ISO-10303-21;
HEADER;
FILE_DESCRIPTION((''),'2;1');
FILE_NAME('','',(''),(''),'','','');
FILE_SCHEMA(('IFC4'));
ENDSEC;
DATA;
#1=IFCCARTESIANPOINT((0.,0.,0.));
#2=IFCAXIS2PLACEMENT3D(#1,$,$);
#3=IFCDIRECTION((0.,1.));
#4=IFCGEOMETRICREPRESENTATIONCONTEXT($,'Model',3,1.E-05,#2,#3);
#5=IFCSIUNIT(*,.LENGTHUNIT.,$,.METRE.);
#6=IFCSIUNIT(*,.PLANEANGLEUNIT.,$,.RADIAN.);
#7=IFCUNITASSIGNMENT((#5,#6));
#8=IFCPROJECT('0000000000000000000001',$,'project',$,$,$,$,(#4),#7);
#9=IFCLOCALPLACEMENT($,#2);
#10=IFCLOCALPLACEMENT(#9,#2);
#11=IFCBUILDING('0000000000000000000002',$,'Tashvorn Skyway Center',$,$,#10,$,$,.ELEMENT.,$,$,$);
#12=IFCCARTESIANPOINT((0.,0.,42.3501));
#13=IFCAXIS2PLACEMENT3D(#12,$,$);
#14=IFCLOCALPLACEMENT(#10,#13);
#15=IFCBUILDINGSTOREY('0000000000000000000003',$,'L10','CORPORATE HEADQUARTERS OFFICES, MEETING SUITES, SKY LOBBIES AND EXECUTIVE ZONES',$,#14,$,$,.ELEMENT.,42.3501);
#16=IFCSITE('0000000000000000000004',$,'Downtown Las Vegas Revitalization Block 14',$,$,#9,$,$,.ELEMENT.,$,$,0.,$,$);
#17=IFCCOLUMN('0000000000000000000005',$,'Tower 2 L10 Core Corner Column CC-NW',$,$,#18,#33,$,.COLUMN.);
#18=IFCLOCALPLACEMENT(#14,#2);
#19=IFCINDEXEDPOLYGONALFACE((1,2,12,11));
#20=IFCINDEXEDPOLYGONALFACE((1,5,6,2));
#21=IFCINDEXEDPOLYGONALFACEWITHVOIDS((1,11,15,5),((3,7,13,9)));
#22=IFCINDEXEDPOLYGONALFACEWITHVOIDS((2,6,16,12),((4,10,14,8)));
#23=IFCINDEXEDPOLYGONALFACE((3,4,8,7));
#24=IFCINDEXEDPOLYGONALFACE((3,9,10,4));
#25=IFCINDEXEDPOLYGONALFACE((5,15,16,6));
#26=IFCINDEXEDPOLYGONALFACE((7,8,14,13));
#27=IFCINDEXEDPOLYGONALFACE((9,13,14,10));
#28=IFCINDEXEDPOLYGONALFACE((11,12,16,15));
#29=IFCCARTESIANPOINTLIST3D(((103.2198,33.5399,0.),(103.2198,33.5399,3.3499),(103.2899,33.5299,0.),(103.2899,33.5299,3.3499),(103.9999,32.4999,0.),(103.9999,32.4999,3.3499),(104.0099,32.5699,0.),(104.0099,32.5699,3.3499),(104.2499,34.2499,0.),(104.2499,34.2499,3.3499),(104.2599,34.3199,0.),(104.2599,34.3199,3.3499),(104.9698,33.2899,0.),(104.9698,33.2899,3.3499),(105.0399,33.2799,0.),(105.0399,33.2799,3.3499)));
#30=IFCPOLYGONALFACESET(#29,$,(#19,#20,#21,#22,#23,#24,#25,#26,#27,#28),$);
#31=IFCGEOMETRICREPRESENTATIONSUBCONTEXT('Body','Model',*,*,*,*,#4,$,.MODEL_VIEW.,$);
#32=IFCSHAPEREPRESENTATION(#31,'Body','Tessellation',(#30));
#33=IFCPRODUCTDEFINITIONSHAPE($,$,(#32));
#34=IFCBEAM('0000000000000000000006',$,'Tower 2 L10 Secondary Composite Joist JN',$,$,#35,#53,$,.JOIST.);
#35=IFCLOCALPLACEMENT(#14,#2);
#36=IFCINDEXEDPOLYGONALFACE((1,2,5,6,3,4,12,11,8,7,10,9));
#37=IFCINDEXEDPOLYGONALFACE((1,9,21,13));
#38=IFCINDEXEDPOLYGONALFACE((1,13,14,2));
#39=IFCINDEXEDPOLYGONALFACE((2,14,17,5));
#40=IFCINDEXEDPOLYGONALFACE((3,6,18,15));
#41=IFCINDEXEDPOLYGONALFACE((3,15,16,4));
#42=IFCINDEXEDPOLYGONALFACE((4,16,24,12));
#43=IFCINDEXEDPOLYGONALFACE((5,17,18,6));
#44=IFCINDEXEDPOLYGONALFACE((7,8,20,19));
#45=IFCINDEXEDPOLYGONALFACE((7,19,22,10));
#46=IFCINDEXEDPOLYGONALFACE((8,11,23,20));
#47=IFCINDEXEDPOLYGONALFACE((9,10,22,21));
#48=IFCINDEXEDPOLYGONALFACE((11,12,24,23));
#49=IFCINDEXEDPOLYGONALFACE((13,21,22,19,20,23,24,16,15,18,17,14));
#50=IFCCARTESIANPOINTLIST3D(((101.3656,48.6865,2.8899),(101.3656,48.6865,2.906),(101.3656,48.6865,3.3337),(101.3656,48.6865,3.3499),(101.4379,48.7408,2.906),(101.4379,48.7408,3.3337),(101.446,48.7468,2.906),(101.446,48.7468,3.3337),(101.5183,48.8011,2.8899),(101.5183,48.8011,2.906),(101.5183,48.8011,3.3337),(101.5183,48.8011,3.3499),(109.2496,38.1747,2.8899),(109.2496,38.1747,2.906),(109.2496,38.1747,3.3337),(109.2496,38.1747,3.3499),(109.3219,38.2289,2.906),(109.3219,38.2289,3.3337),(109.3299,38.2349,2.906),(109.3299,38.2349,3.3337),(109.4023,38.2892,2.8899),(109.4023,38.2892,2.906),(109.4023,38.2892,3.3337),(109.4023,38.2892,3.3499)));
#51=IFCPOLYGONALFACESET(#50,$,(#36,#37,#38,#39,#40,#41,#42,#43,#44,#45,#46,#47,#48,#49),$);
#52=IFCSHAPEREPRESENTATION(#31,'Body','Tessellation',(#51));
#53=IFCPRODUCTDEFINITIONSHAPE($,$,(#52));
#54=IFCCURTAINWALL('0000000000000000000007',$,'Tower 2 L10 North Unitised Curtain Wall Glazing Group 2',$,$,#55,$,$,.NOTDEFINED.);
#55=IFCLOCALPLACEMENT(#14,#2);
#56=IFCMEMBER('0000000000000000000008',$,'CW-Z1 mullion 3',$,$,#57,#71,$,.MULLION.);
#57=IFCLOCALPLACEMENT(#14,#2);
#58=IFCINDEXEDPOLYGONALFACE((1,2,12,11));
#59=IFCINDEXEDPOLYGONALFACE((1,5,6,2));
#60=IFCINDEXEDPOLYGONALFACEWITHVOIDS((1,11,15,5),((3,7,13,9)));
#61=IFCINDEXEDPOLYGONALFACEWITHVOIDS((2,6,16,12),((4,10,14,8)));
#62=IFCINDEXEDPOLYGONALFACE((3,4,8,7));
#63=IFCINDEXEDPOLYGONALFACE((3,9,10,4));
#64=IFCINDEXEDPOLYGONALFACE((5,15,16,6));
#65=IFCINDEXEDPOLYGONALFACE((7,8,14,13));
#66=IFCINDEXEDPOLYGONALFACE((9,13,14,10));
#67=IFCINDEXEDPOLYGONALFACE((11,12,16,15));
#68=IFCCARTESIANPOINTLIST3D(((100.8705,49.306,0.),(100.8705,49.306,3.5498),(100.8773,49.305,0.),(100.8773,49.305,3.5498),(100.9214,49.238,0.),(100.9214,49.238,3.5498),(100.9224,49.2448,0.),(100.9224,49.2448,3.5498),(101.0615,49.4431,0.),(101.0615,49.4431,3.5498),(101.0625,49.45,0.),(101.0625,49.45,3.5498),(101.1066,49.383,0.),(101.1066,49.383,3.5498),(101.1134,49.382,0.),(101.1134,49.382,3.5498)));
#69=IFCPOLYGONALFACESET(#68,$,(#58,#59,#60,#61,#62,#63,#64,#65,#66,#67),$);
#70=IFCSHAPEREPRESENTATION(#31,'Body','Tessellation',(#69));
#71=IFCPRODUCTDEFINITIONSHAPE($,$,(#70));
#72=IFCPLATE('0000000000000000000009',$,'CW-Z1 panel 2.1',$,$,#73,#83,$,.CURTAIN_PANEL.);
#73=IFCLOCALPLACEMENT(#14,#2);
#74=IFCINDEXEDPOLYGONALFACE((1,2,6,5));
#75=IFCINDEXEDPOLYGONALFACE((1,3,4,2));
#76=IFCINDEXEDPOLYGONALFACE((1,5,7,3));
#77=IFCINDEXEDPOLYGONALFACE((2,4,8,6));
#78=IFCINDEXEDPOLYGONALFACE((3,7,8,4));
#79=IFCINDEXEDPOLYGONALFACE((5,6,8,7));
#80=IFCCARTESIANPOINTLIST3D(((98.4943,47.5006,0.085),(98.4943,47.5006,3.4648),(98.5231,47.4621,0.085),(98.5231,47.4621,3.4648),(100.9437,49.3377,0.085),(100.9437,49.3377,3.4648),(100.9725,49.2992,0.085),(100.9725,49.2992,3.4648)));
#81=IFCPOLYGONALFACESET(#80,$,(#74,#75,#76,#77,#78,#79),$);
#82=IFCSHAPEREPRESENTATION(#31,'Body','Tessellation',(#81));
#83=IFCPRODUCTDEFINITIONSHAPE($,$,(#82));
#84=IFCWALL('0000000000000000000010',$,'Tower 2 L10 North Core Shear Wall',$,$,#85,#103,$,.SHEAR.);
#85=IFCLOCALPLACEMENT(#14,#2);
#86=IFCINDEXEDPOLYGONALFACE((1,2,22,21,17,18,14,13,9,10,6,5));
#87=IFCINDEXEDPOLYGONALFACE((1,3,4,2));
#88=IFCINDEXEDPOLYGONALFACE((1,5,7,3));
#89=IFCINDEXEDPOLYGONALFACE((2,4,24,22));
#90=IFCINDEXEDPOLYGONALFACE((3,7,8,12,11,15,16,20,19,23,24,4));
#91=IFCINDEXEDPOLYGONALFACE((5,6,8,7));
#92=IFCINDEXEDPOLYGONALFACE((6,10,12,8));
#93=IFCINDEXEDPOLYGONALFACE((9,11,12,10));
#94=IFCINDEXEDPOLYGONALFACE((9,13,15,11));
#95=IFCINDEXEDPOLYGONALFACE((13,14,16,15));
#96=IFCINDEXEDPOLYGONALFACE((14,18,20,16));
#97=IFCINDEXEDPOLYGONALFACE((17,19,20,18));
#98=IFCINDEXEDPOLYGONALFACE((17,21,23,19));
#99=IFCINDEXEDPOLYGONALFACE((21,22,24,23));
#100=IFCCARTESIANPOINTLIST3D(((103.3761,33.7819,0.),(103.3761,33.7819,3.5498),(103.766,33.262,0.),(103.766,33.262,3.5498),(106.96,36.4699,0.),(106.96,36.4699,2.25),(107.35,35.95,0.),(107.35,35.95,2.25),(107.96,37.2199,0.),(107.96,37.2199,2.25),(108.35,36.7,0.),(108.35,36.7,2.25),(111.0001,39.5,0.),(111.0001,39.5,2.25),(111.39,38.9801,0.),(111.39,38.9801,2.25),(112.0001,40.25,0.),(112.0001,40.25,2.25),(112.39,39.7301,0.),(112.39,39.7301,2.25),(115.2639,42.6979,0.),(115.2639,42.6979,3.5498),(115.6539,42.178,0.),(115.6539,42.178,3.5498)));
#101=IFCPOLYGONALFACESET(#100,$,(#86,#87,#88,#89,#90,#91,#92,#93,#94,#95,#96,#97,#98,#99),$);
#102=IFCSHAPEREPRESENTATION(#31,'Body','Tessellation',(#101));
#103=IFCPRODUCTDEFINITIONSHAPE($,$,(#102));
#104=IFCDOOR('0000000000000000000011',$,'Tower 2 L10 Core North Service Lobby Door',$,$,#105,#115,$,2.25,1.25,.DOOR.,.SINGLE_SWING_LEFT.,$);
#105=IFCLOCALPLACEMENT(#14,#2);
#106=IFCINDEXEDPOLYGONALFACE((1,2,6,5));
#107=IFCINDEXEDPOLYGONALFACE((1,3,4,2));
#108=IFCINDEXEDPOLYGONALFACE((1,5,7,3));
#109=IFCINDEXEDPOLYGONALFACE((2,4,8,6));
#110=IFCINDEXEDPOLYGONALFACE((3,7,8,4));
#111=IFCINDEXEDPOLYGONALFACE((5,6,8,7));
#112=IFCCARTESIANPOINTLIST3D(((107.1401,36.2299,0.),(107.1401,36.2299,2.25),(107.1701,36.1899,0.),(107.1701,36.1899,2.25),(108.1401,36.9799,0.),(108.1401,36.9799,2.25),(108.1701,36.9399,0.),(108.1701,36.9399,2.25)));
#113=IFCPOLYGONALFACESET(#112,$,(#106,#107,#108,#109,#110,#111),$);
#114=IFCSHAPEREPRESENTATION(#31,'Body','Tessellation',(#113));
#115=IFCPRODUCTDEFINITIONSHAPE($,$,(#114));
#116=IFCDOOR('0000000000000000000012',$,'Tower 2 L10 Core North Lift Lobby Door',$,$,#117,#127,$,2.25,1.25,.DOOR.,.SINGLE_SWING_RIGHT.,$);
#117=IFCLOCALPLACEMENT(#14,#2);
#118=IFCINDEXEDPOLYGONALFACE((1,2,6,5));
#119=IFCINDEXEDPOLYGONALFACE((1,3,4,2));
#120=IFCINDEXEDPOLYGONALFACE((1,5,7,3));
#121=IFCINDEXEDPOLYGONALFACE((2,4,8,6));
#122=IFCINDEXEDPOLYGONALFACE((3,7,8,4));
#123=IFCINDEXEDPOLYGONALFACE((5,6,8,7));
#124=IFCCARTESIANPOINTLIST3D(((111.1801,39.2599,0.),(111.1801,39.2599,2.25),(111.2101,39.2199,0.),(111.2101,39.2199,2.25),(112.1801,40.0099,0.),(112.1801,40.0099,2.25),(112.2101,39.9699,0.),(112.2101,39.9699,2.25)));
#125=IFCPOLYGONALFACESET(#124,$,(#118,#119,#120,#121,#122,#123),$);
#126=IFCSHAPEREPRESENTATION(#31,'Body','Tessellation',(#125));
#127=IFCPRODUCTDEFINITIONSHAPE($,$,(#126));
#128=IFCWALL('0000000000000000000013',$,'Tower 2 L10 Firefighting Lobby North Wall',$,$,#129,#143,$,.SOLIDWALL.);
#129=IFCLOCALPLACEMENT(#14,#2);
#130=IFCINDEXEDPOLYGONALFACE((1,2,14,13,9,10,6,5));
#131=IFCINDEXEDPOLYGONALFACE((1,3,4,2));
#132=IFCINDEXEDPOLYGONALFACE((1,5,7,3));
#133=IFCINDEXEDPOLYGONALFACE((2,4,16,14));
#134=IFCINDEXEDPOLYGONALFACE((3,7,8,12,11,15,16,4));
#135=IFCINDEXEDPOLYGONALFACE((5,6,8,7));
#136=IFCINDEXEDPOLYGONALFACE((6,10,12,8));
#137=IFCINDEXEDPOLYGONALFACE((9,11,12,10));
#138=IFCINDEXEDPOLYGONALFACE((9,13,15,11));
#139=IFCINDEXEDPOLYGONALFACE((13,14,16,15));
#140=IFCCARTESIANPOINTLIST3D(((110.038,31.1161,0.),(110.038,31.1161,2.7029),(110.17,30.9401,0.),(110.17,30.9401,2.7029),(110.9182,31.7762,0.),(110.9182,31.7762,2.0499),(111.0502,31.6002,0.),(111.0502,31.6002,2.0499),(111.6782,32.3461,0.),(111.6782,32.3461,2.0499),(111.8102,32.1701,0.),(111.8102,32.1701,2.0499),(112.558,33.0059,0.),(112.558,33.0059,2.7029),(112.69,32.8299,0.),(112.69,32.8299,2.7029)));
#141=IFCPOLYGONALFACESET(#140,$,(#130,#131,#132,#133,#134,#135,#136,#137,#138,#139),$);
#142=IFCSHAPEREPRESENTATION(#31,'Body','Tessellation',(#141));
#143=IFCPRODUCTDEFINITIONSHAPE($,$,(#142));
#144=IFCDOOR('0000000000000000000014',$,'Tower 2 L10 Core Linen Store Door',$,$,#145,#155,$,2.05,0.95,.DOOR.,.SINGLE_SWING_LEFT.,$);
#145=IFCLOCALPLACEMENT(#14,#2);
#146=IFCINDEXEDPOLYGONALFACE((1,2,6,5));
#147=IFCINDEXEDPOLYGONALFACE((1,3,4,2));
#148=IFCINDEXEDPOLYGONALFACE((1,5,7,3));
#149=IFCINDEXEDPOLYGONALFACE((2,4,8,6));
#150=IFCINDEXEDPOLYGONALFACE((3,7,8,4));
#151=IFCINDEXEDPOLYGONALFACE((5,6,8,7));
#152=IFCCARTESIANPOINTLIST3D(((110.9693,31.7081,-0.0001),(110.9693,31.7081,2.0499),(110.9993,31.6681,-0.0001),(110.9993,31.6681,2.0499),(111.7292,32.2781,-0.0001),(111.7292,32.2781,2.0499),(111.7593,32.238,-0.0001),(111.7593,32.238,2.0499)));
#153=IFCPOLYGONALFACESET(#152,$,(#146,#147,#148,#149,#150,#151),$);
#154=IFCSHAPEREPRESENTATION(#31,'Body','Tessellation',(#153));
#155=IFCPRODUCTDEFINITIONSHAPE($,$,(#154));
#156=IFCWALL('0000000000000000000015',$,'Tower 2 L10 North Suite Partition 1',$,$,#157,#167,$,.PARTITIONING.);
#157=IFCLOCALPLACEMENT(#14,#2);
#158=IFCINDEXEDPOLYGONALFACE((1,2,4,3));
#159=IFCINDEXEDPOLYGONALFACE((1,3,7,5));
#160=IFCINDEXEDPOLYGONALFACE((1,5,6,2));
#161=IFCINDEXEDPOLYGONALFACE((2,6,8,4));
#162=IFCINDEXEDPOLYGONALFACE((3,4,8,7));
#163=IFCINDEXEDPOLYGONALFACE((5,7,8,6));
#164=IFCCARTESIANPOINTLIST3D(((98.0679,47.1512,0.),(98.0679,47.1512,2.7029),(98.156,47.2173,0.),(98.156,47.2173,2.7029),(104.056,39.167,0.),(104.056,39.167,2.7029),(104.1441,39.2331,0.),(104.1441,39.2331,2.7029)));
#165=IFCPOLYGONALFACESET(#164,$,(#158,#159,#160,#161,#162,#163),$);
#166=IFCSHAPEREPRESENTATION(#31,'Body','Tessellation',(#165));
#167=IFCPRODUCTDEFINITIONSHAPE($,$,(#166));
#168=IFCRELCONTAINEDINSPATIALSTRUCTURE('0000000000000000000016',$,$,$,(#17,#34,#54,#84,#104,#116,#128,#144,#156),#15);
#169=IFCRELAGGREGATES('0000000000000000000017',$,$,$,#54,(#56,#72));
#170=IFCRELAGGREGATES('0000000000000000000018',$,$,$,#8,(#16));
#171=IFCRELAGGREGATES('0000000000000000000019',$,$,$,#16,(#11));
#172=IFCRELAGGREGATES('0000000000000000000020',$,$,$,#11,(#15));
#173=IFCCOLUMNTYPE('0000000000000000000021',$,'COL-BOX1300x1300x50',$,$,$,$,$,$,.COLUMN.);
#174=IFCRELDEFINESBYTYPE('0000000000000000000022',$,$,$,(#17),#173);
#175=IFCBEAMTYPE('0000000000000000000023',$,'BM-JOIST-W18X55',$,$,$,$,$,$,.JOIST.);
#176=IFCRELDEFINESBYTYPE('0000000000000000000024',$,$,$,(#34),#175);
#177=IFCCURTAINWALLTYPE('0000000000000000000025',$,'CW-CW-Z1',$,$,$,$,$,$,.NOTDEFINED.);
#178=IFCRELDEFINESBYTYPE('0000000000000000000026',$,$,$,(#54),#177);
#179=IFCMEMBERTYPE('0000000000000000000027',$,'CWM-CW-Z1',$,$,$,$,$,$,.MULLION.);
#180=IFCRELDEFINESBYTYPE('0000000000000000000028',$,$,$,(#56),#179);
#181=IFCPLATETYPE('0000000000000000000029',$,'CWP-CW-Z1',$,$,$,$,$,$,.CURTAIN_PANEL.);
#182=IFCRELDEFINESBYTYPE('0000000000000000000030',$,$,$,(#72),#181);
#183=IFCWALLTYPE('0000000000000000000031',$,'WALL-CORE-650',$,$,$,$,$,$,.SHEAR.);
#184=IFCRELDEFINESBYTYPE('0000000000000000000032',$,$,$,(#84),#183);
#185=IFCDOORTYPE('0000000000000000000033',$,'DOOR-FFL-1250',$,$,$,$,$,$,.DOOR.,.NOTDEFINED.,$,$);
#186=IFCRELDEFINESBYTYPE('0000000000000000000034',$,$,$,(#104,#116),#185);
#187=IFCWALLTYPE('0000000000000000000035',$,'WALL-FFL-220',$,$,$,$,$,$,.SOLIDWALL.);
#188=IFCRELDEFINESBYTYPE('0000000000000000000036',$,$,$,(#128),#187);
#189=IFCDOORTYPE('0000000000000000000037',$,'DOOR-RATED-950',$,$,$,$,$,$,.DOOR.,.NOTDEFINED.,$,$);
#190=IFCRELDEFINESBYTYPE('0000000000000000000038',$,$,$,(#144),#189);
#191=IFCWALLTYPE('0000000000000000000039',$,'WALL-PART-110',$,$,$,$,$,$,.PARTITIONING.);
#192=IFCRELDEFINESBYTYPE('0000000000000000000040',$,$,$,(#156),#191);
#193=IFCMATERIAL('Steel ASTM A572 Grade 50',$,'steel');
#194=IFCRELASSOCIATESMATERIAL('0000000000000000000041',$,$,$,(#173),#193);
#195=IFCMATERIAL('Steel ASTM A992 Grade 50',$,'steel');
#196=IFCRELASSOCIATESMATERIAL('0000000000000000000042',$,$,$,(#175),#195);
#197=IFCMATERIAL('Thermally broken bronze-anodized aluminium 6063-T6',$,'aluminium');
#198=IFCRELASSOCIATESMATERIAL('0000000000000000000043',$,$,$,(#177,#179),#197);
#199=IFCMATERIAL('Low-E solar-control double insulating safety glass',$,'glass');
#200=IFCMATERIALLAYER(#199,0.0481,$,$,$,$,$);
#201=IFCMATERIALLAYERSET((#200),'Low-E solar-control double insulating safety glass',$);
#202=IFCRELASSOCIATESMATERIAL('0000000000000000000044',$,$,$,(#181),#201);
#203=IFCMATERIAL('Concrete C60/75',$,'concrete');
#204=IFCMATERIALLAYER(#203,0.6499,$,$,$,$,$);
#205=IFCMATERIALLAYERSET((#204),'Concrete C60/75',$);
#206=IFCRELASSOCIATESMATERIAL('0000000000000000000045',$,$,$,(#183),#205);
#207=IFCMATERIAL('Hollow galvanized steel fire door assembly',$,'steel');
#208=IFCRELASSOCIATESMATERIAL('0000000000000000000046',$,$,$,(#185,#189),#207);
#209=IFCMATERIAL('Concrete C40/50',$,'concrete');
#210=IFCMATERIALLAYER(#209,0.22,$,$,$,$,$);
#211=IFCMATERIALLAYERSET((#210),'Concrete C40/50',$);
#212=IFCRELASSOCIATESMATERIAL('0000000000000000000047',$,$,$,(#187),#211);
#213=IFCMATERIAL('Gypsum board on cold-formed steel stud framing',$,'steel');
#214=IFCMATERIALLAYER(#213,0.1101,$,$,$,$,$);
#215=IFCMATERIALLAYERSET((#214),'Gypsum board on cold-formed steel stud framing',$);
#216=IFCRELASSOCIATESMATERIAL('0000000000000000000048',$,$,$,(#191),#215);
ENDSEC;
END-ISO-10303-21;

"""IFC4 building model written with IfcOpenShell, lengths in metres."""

from ifc_helpers import new_model, si_unit, direction, frame, frame_2d, origin, origin_2d, place, context, subcontext, project, spatial, rectangle, hollow_rectangle, i_section, extrude, material, layer, layer_set, material_profile, profile_set, type_object, element, fill, aggregate, save


model = new_model("IFC4")

# Units and contexts
model_context = context("Model", 3, precision=1e-05, world=origin(), true_north=direction((0.0, 1.0)))
body_context = subcontext(model_context, "Body", "Model", "MODEL_VIEW")
ifc_project = project(units=[si_unit("LENGTHUNIT", "METRE"), si_unit("PLANEANGLEUNIT", "RADIAN")], contexts=[model_context])

# Site, building, storey
site_placement = place(None, origin())
site = spatial("IfcSite", under=ifc_project, at=site_placement, Name="Downtown Las Vegas Revitalization Block 14", CompositionType="ELEMENT", RefElevation=0.0)
building_placement = place(site_placement, origin())
building = spatial("IfcBuilding", under=site, at=building_placement, Name="Tashvorn Skyway Center", CompositionType="ELEMENT")
storey_placement = place(building_placement, frame((0.0, 0.0, 42.3501)))
storey = spatial("IfcBuildingStorey", under=building, at=storey_placement, Name="L10", Description="CORPORATE HEADQUARTERS OFFICES, MEETING SUITES, SKY LOBBIES AND EXECUTIVE ZONES", CompositionType="ELEMENT", Elevation=42.3501)

# Column
ifc_material_1 = material(Name="Steel ASTM A572 Grade 50", Category="steel")
ifc_material_profile_1 = material_profile(ifc_material_1, hollow_rectangle(XDim=1.3, YDim=1.3, WallThickness=0.05, at=origin_2d()), Name="BOX1300x1300x50")
ifc_profile_set_1 = profile_set([ifc_material_profile_1], Name="Steel ASTM A572 Grade 50")
column_type = type_object("IfcColumnType", Name="COL-BOX1300x1300x50", PredefinedType="COLUMN", material=ifc_profile_set_1)
column_placement = place(storey_placement, frame((104.1299, 33.4099, 0.0), z_axis=(0.0, 0.0, 1.0), x_axis=(0.8, 0.6, 0.0)))
element("IfcColumn", 1, at=column_placement, inside=storey, type_object=column_type, Name="Tower 2 L10 Core Corner Column CC-NW", PredefinedType="COLUMN", context=body_context, shape_type="SweptSolid", body=[
    extrude(hollow_rectangle(XDim=1.3, YDim=1.3, WallThickness=0.05, at=origin_2d()), origin(), (0.0, 0.0, 1.0), 3.3499),
])

# Beam
ifc_material_2 = material(Name="Steel ASTM A992 Grade 50", Category="steel")
ifc_material_profile_2 = material_profile(ifc_material_2, i_section(OverallWidth=0.1909, OverallDepth=0.46, WebThickness=0.01, FlangeThickness=0.0161, at=origin_2d()), Name="W18X55")
ifc_profile_set_2 = profile_set([ifc_material_profile_2], Name="Steel ASTM A992 Grade 50")
beam_type = type_object("IfcBeamType", Name="BM-JOIST-W18X55", PredefinedType="JOIST", material=ifc_profile_set_2)
beam_placement = place(storey_placement, frame((109.3259, 38.2319, 3.1199), z_axis=(-0.600003, 0.799998, 0.0), x_axis=(-0.799998, -0.600003, 0.0)))
element("IfcBeam", 2, at=beam_placement, inside=storey, type_object=beam_type, Name="Tower 2 L10 Secondary Composite Joist JN", PredefinedType="JOIST", context=body_context, shape_type="SweptSolid", body=[
    extrude(i_section(OverallWidth=0.1909, OverallDepth=0.46, WebThickness=0.01, FlangeThickness=0.0161, at=origin_2d()), origin(), (0.0, 0.0, 1.0), 13.1399),
])

# Curtain wall, member, plate
ifc_material_3 = material(Name="Thermally broken bronze-anodized aluminium 6063-T6", Category="aluminium")
curtain_wall_type = type_object("IfcCurtainWallType", Name="CW-CW-Z1", PredefinedType="NOTDEFINED", material=ifc_material_3)
curtain_wall_placement = place(storey_placement, origin())
curtain_wall = element("IfcCurtainWall", 3, at=curtain_wall_placement, inside=storey, type_object=curtain_wall_type, Name="Tower 2 L10 North Unitised Curtain Wall Glazing Group 2", PredefinedType="NOTDEFINED")
ifc_material_profile_3 = material_profile(ifc_material_3, hollow_rectangle(XDim=0.085, YDim=0.24, WallThickness=0.0049, at=origin_2d()), Name="ALU-MULL-85x240")
ifc_profile_set_3 = profile_set([ifc_material_profile_3], Name="Thermally broken bronze-anodized aluminium 6063-T6")
member_type = type_object("IfcMemberType", Name="CWM-CW-Z1", PredefinedType="MULLION", material=ifc_profile_set_3)
member_placement = place(storey_placement, frame((100.9919, 49.344, 0.0), z_axis=(0.0, 0.0, 1.0), x_axis=(-0.599997, 0.800002, 0.0)))
member = element("IfcMember", 4, at=member_placement, type_object=member_type, Name="CW-Z1 mullion 3", PredefinedType="MULLION", context=body_context, shape_type="SweptSolid", body=[
    extrude(hollow_rectangle(XDim=0.085, YDim=0.24, WallThickness=0.0049, at=origin_2d()), origin(), (0.0, 0.0, 1.0), 3.5498),
])
ifc_material_4 = material(Name="Low-E solar-control double insulating safety glass", Category="glass")
ifc_layer_1 = layer(ifc_material_4, 0.0481)
ifc_layer_set_1 = layer_set([ifc_layer_1], Name="Low-E solar-control double insulating safety glass")
plate_type = type_object("IfcPlateType", Name="CWP-CW-Z1", PredefinedType="CURTAIN_PANEL", material=ifc_layer_set_1)
plate_placement = place(storey_placement, frame((99.7334, 48.3999, 0.085), z_axis=(0.0, 0.0, 1.0), x_axis=(0.800002, 0.599997, 0.0)))
plate = element("IfcPlate", 5, at=plate_placement, type_object=plate_type, Name="CW-Z1 panel 2.1", PredefinedType="CURTAIN_PANEL", context=body_context, shape_type="SweptSolid", body=[
    extrude(rectangle(XDim=3.0618, YDim=0.0481, at=origin_2d()), origin(), (0.0, 0.0, 1.0), 3.3799),
])
aggregate(curtain_wall, [member, plate])

# Wall, openings, doors
ifc_material_5 = material(Name="Concrete C60/75", Category="concrete")
ifc_layer_2 = layer(ifc_material_5, 0.6499)
ifc_layer_set_2 = layer_set([ifc_layer_2], Name="Concrete C60/75")
wall_type_1 = type_object("IfcWallType", Name="WALL-CORE-650", PredefinedType="SHEAR", material=ifc_layer_set_2)
wall_1_placement = place(storey_placement, frame((103.571, 33.522, 0.0), z_axis=(0.0, 0.0, 1.0), x_axis=(0.799998, 0.600003, 0.0)))
wall_1 = element("IfcWall", 6, at=wall_1_placement, inside=storey, type_object=wall_type_1, Name="Tower 2 L10 North Core Shear Wall", PredefinedType="SHEAR", context=body_context, shape_type="SweptSolid", body=[
    extrude(rectangle(XDim=14.8599, YDim=0.6499, at=frame_2d((7.4299, 0.0))), origin(), (0.0, 0.0, 1.0), 3.5498),
])
opening_1_placement = place(wall_1_placement, frame((4.48, 0.0, 0.0)))
opening_1 = element("IfcOpeningElement", 7, at=opening_1_placement, cuts=wall_1, PredefinedType="OPENING", context=body_context, shape_type="SweptSolid", body=[
    extrude(rectangle(XDim=1.25, YDim=2.25, at=frame_2d((0.625, 1.125))), frame((0.0, 0.335, 0.0), z_axis=(0.0, -1.0, 0.0), x_axis=(1.0, 0.0, 0.0)), (0.0, 0.0, 1.0), 0.6699),
])
opening_2_placement = place(wall_1_placement, frame((9.53, 0.0, 0.0)))
opening_2 = element("IfcOpeningElement", 8, at=opening_2_placement, cuts=wall_1, PredefinedType="OPENING", context=body_context, shape_type="SweptSolid", body=[
    extrude(rectangle(XDim=1.25, YDim=2.25, at=frame_2d((0.625, 1.125))), frame((0.0, 0.335, 0.0), z_axis=(0.0, -1.0, 0.0), x_axis=(1.0, 0.0, 0.0)), (0.0, 0.0, 1.0), 0.6699),
])
ifc_material_6 = material(Name="Hollow galvanized steel fire door assembly", Category="steel")
door_type_1 = type_object("IfcDoorType", Name="DOOR-FFL-1250", OperationType="NOTDEFINED", PredefinedType="DOOR", material=ifc_material_6)
door_1_placement = place(opening_1_placement, origin())
door_1 = element("IfcDoor", 9, at=door_1_placement, inside=storey, type_object=door_type_1, Name="Tower 2 L10 Core North Service Lobby Door", OperationType="SINGLE_SWING_LEFT", OverallHeight=2.25, OverallWidth=1.25, PredefinedType="DOOR", context=body_context, shape_type="SweptSolid", body=[
    extrude(rectangle(XDim=1.25, YDim=2.25, at=frame_2d((0.625, 1.125))), frame((0.0, 0.0249, 0.0), z_axis=(0.0, -1.0, 0.0), x_axis=(1.0, 0.0, 0.0)), (0.0, 0.0, 1.0), 0.05),
])
fill(opening_1, door_1)
door_2_placement = place(opening_2_placement, origin())
door_2 = element("IfcDoor", 10, at=door_2_placement, inside=storey, type_object=door_type_1, Name="Tower 2 L10 Core North Lift Lobby Door", OperationType="SINGLE_SWING_RIGHT", OverallHeight=2.25, OverallWidth=1.25, PredefinedType="DOOR", context=body_context, shape_type="SweptSolid", body=[
    extrude(rectangle(XDim=1.25, YDim=2.25, at=frame_2d((0.625, 1.125))), frame((0.0, 0.0249, 0.0), z_axis=(0.0, -1.0, 0.0), x_axis=(1.0, 0.0, 0.0)), (0.0, 0.0, 1.0), 0.05),
])
fill(opening_2, door_2)

# Wall, opening, door
ifc_material_7 = material(Name="Concrete C40/50", Category="concrete")
ifc_layer_3 = layer(ifc_material_7, 0.22)
ifc_layer_set_3 = layer_set([ifc_layer_3], Name="Concrete C40/50")
wall_type_2 = type_object("IfcWallType", Name="WALL-FFL-220", PredefinedType="SOLIDWALL", material=ifc_layer_set_3)
wall_2_placement = place(storey_placement, frame((110.104, 31.0281, 0.0), z_axis=(0.0, 0.0, 1.0), x_axis=(0.800019, 0.599975, 0.0)))
wall_2 = element("IfcWall", 11, at=wall_2_placement, inside=storey, type_object=wall_type_2, Name="Tower 2 L10 Firefighting Lobby North Wall", PredefinedType="SOLIDWALL", context=body_context, shape_type="SweptSolid", body=[
    extrude(rectangle(XDim=3.1499, YDim=0.22, at=frame_2d((1.575, 0.0))), origin(), (0.0, 0.0, 1.0), 2.7029),
])
opening_3_placement = place(wall_2_placement, frame((1.1001, 0.0, 0.0)))
opening_3 = element("IfcOpeningElement", 12, at=opening_3_placement, cuts=wall_2, PredefinedType="OPENING", context=body_context, shape_type="SweptSolid", body=[
    extrude(rectangle(XDim=0.95, YDim=2.05, at=frame_2d((0.4751, 1.0249))), frame((0.0, 0.1199, 0.0), z_axis=(0.0, -1.0, 0.0), x_axis=(1.0, 0.0, 0.0)), (0.0, 0.0, 1.0), 0.24),
])
door_type_2 = type_object("IfcDoorType", Name="DOOR-RATED-950", OperationType="NOTDEFINED", PredefinedType="DOOR", material=ifc_material_6)
door_3_placement = place(opening_3_placement, origin())
door_3 = element("IfcDoor", 13, at=door_3_placement, inside=storey, type_object=door_type_2, Name="Tower 2 L10 Core Linen Store Door", OperationType="SINGLE_SWING_LEFT", OverallHeight=2.05, OverallWidth=0.95, PredefinedType="DOOR", context=body_context, shape_type="SweptSolid", body=[
    extrude(rectangle(XDim=0.95, YDim=2.05, at=frame_2d((0.4751, 1.0249))), frame((0.0, 0.0249, 0.0), z_axis=(0.0, -1.0, 0.0), x_axis=(1.0, 0.0, 0.0)), (0.0, 0.0, 1.0), 0.05),
])
fill(opening_3, door_3)

# Wall
ifc_material_8 = material(Name="Gypsum board on cold-formed steel stud framing", Category="steel")
ifc_layer_4 = layer(ifc_material_8, 0.1101)
ifc_layer_set_4 = layer_set([ifc_layer_4], Name="Gypsum board on cold-formed steel stud framing")
wall_type_3 = type_object("IfcWallType", Name="WALL-PART-110", PredefinedType="PARTITIONING", material=ifc_layer_set_4)
wall_3_placement = place(storey_placement, frame((104.1001, 39.2, 0.0), z_axis=(0.0, 0.0, 1.0), x_axis=(-0.599996, 0.800003, 0.0)))
element("IfcWall", 14, at=wall_3_placement, inside=storey, type_object=wall_type_3, Name="Tower 2 L10 North Suite Partition 1", PredefinedType="PARTITIONING", context=body_context, shape_type="SweptSolid", body=[
    extrude(rectangle(XDim=9.9802, YDim=0.1101, at=frame_2d((4.9902, 0.0))), origin(), (0.0, 0.0, 1.0), 2.7029),
])

save(model, "model.ifc")
